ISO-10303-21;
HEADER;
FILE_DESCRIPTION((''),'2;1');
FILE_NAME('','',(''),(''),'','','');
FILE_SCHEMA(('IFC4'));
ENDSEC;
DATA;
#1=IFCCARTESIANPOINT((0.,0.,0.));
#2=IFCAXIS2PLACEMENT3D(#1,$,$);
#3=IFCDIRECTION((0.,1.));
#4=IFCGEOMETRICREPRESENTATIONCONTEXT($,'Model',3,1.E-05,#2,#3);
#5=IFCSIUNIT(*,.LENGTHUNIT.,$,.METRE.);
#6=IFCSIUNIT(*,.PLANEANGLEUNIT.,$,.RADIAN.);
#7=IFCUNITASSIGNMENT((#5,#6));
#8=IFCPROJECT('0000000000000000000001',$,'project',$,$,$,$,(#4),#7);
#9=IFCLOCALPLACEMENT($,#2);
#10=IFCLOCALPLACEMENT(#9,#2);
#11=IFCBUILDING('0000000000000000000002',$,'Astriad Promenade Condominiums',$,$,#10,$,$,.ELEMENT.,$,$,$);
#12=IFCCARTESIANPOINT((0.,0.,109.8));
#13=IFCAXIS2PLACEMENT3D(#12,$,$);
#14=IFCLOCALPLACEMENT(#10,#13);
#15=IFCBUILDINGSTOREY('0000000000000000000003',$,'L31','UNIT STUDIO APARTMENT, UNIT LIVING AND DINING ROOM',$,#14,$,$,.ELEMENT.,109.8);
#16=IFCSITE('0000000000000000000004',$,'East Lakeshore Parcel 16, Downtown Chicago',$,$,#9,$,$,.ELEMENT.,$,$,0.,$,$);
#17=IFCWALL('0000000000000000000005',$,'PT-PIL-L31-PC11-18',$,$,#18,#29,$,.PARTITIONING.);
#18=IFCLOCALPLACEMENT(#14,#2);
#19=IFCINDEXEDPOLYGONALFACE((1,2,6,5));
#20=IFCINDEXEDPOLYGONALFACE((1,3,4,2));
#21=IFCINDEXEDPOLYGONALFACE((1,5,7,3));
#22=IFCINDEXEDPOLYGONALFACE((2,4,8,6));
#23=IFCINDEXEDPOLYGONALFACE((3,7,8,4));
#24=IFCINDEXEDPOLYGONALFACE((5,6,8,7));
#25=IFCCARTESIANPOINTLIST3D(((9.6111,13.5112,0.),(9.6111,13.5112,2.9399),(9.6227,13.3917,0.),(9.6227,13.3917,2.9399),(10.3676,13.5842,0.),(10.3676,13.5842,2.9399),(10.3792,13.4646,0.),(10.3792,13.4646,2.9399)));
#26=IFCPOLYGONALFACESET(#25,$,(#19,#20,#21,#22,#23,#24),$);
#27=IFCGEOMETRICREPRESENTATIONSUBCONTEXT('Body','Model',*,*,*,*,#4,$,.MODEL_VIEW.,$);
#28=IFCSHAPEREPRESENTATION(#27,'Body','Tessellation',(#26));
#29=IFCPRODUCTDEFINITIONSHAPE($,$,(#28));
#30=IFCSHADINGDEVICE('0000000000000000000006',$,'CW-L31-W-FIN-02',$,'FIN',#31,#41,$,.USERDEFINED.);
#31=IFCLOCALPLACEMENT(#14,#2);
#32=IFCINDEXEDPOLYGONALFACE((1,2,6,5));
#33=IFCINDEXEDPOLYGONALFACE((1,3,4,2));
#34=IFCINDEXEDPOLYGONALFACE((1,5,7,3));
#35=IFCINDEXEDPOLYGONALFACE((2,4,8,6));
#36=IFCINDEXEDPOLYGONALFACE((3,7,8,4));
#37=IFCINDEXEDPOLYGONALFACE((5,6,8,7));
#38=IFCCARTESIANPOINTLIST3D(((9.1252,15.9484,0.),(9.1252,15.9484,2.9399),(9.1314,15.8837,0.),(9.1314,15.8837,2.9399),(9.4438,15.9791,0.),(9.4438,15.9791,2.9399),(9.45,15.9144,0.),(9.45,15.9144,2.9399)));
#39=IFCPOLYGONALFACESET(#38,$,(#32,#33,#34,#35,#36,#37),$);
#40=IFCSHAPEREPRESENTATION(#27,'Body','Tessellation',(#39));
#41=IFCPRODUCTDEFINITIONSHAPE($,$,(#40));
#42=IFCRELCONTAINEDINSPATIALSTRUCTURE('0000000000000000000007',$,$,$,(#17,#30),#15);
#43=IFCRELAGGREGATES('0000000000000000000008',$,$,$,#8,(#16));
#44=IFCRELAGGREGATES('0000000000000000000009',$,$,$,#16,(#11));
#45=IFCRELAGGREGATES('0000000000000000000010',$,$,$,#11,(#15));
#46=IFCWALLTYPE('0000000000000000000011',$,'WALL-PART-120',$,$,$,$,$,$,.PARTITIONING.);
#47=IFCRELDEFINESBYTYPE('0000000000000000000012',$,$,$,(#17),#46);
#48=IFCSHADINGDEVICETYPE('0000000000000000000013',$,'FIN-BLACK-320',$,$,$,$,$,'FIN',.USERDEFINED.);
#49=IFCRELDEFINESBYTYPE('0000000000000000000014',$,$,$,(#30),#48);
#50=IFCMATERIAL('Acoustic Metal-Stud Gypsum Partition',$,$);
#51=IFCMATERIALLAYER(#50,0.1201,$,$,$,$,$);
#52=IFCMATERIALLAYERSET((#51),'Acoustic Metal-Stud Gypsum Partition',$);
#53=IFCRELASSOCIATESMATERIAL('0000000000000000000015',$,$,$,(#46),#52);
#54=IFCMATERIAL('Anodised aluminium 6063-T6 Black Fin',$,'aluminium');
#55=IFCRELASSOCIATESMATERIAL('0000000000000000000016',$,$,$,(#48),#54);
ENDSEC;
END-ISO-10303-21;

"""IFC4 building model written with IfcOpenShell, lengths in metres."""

from ifc_helpers import new_model, si_unit, direction, frame, frame_2d, origin, origin_2d, place, context, subcontext, project, spatial, rectangle, extrude, source, transform, mapped, material, layer, layer_set, type_object, type_shapes, element, save


model = new_model("IFC4")

# Units and contexts
model_context = context("Model", 3, precision=1e-05, world=origin(), true_north=direction((0.0, 1.0)))
body_context = subcontext(model_context, "Body", "Model", "MODEL_VIEW")
ifc_project = project(units=[si_unit("LENGTHUNIT", "METRE"), si_unit("PLANEANGLEUNIT", "RADIAN")], contexts=[model_context])

# Site, building, storey
site_placement = place(None, origin())
site = spatial("IfcSite", under=ifc_project, at=site_placement, Name="East Lakeshore Parcel 16, Downtown Chicago", CompositionType="ELEMENT", RefElevation=0.0)
building_placement = place(site_placement, origin())
building = spatial("IfcBuilding", under=site, at=building_placement, Name="Astriad Promenade Condominiums", CompositionType="ELEMENT")
storey_placement = place(building_placement, frame((0.0, 0.0, 109.8)))
storey = spatial("IfcBuildingStorey", under=building, at=storey_placement, Name="L31", Description="UNIT STUDIO APARTMENT, UNIT LIVING AND DINING ROOM", CompositionType="ELEMENT", Elevation=109.8)

# Wall
ifc_material_1 = material(Name="Acoustic Metal-Stud Gypsum Partition")
ifc_layer_1 = layer(ifc_material_1, 0.1201)
ifc_layer_set_1 = layer_set([ifc_layer_1], Name="Acoustic Metal-Stud Gypsum Partition")
wall_type_1 = type_object("IfcWallType", Name="WALL-PART-120", PredefinedType="PARTITIONING", material=ifc_layer_set_1)
wall_1_placement = place(storey_placement, frame((10.3733, 13.5244, 0.0), z_axis=(0.0, 0.0, 1.0), x_axis=(-0.995378, -0.096037, 0.0)))
element("IfcWall", 1, at=wall_1_placement, inside=storey, type_object=wall_type_1, Name="PT-PIL-L31-PC11-18", PredefinedType="PARTITIONING", context=body_context, shape_type="SweptSolid", body=[
    extrude(rectangle(XDim=0.76, YDim=0.1201, at=frame_2d((0.3799, 0.0))), origin(), (0.0, 0.0, 1.0), 2.9399),
])

# Shading device
ifc_material_2 = material(Name="Anodised aluminium 6063-T6 Black Fin", Category="aluminium")
shading_device_type = type_object("IfcShadingDeviceType", Name="FIN-BLACK-320", ElementType="FIN", PredefinedType="USERDEFINED", material=ifc_material_2)
shared_shape_1 = source(origin(), body_context, "Body", "SweptSolid", [
    extrude(rectangle(XDim=0.0649, YDim=0.3201, at=origin_2d()), origin(), (0.0, 0.0, 1.0), 2.9399),
])
type_shapes(shading_device_type, [shared_shape_1])
shading_device_placement = place(storey_placement, frame((9.2876, 15.9314, 0.0), z_axis=(0.0, 0.0, 1.0), x_axis=(-0.095846, 0.995396, 0.0)))
element("IfcShadingDevice", 2, at=shading_device_placement, inside=storey, type_object=shading_device_type, Name="CW-L31-W-FIN-02", ObjectType="FIN", PredefinedType="USERDEFINED", context=body_context, shape_type="MappedRepresentation", body=[
    mapped(shared_shape_1, transform((0.0, 0.0, 0.0), scale=1.0)),
])

save(model, "model.ifc")
